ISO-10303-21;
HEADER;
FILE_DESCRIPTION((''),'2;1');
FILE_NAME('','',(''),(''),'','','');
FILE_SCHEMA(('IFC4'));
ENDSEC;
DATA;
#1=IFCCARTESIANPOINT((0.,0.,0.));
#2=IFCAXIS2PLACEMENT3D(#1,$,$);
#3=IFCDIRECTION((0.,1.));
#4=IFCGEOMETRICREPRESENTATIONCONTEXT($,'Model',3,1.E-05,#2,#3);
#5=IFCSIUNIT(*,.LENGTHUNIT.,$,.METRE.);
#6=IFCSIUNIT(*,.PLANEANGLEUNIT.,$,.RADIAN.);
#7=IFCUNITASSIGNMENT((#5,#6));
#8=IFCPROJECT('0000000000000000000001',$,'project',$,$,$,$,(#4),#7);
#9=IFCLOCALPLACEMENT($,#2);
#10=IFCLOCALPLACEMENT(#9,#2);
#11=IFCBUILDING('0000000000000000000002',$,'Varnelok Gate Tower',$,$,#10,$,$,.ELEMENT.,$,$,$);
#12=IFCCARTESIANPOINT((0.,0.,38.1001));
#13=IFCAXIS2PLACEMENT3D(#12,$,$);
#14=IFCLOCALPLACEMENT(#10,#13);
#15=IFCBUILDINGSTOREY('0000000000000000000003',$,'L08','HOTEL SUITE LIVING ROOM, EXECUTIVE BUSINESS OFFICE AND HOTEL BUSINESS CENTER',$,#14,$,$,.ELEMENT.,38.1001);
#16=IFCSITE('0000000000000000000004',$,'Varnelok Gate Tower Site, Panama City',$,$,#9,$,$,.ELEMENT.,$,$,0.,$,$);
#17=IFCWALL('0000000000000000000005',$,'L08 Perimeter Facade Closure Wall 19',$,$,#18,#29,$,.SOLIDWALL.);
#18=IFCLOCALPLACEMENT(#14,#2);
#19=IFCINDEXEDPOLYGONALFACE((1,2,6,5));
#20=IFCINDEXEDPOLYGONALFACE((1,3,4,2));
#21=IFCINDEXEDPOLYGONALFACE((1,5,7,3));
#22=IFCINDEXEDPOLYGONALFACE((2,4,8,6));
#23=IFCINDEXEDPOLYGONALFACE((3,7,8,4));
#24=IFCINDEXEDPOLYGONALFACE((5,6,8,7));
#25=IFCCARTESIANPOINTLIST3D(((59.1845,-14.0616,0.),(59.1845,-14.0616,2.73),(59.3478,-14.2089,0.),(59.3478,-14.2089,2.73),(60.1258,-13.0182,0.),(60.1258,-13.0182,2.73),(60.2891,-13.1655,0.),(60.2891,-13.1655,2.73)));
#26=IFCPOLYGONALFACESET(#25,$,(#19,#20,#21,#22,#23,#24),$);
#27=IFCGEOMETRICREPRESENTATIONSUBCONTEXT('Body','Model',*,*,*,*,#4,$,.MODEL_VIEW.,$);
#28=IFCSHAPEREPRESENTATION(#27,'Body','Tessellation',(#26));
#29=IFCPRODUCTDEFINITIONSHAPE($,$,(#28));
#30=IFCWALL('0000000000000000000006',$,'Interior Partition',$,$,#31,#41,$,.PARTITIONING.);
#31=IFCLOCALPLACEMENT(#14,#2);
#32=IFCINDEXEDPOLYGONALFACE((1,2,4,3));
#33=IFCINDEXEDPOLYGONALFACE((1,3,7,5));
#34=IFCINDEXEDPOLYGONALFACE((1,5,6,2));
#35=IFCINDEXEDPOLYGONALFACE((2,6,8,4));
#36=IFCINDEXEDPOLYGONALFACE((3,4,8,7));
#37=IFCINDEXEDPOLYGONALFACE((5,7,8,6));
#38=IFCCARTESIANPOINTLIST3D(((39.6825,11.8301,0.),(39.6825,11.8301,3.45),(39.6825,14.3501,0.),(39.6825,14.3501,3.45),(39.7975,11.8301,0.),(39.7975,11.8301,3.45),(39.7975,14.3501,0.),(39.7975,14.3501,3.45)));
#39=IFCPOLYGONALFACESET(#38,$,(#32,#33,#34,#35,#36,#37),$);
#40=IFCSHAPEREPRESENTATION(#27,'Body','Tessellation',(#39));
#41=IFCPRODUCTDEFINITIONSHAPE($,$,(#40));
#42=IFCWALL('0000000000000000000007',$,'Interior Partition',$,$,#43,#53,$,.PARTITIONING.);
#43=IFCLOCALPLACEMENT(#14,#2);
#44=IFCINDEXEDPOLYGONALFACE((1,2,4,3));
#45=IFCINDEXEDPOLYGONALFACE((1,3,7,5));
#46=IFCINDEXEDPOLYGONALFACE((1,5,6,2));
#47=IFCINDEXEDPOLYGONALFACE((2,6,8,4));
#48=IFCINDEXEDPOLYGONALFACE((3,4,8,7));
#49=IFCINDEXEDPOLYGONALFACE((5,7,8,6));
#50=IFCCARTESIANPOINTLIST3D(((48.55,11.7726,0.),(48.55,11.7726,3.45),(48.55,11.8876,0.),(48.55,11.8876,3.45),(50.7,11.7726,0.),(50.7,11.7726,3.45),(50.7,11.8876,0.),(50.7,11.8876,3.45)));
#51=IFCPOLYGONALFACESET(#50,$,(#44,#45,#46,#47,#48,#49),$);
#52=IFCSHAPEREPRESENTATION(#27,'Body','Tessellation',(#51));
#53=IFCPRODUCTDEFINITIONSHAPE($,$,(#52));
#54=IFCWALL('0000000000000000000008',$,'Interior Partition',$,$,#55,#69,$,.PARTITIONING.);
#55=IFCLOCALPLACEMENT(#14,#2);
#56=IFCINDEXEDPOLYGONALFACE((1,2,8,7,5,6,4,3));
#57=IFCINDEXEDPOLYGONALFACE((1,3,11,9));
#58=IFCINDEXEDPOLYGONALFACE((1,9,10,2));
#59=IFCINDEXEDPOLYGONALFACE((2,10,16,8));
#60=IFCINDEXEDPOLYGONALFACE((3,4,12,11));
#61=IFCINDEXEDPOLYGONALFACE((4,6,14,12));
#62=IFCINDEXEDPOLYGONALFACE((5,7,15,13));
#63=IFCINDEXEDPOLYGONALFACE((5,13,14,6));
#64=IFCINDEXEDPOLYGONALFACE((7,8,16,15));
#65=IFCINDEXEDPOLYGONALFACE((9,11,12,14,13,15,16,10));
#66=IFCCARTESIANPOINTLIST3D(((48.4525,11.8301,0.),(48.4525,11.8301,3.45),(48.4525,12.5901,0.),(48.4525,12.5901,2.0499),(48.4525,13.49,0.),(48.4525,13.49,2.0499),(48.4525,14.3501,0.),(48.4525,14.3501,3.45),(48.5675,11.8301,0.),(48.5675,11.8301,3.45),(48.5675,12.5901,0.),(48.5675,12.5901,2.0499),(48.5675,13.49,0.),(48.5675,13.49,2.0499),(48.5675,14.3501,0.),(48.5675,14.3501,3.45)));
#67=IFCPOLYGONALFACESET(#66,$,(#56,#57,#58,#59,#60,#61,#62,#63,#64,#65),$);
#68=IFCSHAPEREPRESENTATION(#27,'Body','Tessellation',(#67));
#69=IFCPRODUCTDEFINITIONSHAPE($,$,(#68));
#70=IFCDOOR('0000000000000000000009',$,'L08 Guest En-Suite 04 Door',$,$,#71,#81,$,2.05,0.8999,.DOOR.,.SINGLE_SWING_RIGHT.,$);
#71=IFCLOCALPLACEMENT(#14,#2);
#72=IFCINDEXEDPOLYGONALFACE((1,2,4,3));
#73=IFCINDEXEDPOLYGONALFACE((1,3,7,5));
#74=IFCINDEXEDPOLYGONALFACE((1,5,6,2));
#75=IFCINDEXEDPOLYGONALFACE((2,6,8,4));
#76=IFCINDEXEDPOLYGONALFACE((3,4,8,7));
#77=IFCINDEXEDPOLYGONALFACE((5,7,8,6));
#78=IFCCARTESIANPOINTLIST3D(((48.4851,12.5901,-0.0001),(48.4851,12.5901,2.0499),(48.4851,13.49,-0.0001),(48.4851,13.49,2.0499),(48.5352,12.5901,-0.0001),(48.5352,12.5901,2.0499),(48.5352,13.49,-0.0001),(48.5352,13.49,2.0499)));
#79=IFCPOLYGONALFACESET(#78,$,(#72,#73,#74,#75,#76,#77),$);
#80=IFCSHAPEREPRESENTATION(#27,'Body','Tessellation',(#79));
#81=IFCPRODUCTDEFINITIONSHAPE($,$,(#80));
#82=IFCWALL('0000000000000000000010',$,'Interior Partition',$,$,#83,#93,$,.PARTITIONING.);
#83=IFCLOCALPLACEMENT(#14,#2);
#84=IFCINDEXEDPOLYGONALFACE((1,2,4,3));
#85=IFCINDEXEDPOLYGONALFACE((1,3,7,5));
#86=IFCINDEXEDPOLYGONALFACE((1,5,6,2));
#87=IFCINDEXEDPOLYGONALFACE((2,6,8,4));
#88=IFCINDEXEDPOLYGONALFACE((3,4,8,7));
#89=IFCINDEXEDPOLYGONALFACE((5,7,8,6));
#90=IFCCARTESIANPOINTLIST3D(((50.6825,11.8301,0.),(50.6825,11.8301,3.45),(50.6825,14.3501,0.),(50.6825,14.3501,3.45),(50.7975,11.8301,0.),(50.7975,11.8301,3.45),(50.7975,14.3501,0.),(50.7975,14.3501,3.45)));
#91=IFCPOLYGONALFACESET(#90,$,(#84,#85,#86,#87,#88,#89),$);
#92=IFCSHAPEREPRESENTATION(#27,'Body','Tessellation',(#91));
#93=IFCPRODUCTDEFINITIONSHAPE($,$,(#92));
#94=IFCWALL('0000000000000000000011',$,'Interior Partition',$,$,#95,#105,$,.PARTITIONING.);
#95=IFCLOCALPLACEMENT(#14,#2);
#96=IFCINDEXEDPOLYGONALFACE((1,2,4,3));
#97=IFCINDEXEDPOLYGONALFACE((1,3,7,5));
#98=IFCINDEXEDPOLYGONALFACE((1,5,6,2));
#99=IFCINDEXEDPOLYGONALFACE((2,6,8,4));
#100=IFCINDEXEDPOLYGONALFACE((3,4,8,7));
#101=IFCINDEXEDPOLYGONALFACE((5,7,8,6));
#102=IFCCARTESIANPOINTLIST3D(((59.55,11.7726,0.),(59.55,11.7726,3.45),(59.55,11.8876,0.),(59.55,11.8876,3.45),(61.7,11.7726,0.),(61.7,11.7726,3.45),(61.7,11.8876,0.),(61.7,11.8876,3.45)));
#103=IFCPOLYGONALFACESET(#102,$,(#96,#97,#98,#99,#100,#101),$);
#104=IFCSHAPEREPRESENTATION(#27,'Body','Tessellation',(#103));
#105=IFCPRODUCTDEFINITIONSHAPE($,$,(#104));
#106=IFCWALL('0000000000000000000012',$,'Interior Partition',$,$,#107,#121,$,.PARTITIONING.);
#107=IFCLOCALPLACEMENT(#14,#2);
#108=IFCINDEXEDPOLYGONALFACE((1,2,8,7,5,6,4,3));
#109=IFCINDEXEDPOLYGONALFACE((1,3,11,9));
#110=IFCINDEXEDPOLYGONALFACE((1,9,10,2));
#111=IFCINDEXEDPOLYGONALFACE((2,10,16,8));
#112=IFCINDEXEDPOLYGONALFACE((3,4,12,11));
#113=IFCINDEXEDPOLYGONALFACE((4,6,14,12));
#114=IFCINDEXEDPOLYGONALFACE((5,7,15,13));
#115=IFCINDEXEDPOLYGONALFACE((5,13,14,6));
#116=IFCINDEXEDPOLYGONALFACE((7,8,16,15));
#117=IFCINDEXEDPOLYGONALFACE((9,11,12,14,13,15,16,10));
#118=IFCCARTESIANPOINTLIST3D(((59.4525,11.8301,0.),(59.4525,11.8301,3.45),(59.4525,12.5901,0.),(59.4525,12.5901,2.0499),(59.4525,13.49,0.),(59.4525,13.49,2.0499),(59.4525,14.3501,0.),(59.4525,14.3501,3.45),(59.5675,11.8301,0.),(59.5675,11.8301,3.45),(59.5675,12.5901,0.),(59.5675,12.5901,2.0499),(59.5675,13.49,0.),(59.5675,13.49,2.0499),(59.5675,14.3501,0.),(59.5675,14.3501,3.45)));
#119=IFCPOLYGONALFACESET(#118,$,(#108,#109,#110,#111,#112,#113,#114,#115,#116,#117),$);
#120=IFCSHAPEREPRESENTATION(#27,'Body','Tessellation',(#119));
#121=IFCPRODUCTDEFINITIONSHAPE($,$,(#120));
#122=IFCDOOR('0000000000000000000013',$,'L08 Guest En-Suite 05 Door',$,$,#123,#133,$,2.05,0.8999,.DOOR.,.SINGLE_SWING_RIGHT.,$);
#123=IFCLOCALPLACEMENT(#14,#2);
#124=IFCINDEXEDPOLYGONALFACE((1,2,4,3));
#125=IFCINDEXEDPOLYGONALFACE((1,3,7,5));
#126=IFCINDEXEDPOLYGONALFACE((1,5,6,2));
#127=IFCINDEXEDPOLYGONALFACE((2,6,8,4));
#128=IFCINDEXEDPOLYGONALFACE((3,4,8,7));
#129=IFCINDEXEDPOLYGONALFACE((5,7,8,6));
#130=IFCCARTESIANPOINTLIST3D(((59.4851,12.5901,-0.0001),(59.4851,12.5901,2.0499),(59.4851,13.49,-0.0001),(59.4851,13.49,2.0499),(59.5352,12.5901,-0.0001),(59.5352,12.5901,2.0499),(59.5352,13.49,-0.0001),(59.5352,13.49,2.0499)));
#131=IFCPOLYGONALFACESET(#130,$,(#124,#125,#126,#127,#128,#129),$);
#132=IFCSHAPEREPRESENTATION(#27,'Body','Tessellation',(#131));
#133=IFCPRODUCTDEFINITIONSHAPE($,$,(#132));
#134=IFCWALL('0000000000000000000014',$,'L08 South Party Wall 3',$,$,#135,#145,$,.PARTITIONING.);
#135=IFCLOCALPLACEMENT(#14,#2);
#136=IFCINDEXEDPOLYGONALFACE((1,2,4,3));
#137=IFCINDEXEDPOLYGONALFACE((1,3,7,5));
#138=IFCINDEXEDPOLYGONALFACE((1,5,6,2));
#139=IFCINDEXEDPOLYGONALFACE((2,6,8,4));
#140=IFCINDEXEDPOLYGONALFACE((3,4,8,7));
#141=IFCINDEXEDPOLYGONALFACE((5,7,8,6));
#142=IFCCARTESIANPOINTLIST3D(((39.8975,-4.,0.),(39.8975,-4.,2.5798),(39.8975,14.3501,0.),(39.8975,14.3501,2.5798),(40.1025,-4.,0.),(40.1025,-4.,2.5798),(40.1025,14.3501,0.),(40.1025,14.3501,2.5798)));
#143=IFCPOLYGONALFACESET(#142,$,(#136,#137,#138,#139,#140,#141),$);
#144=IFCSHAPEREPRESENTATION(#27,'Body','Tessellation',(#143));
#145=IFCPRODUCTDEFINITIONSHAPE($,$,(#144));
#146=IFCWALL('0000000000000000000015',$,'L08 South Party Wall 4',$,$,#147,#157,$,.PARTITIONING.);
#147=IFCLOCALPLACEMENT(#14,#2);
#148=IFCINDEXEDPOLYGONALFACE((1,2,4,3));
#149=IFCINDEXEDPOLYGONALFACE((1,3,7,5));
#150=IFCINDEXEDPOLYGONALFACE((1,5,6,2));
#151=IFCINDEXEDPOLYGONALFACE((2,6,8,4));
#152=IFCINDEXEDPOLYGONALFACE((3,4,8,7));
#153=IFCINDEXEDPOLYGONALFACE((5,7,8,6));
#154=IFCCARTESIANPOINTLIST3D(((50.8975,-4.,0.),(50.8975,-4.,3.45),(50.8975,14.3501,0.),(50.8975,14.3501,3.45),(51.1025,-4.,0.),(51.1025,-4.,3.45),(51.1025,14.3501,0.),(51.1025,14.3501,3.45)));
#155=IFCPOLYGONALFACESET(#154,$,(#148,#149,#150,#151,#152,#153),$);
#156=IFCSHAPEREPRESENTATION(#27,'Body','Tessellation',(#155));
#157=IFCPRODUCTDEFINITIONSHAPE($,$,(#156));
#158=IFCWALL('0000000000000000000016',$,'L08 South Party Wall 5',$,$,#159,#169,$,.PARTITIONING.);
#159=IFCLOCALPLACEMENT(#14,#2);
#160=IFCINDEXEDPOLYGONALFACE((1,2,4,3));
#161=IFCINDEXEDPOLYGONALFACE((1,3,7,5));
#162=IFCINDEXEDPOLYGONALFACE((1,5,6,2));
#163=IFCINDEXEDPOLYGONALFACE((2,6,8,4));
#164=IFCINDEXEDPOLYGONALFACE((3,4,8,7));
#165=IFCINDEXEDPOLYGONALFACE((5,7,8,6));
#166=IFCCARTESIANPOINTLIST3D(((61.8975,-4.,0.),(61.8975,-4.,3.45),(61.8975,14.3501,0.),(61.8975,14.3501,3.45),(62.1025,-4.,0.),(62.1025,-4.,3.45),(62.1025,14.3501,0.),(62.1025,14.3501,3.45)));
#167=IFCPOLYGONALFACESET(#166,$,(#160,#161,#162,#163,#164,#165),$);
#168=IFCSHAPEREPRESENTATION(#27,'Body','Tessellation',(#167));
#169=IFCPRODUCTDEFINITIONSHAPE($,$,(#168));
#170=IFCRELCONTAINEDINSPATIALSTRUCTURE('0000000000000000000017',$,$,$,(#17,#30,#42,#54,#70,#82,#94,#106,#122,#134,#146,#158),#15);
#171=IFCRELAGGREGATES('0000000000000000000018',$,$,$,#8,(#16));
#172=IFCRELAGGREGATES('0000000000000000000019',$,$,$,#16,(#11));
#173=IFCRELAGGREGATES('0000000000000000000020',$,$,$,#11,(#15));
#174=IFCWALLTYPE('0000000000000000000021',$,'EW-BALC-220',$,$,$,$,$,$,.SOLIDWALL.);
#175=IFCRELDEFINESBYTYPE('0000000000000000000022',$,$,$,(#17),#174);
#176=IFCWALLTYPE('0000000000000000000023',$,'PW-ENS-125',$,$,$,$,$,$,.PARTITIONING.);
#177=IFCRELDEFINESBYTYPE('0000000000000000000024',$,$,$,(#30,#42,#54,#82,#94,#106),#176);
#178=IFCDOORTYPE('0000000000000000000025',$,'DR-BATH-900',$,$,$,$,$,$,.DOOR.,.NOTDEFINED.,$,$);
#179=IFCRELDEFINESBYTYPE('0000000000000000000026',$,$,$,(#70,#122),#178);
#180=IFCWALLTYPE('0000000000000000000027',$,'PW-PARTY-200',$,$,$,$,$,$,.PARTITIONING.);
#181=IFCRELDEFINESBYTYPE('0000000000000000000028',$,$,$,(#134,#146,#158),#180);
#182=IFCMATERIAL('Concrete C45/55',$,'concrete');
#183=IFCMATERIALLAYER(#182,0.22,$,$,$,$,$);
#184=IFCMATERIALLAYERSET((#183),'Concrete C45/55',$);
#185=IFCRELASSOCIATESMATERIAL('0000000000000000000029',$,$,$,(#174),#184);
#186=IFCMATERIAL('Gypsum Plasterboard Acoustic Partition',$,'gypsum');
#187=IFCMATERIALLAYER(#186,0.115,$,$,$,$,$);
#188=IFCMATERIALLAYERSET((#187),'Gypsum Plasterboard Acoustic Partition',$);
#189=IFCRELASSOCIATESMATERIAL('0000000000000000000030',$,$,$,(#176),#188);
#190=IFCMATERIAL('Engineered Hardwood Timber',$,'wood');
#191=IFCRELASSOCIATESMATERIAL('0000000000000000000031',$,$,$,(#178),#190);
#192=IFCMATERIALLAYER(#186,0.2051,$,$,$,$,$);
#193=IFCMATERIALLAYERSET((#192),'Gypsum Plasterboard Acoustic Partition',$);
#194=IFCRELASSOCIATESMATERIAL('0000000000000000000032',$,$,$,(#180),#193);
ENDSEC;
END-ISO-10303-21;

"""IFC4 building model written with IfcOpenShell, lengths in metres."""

from ifc_helpers import new_model, si_unit, direction, frame, frame_2d, origin, place, context, subcontext, project, spatial, rectangle, extrude, material, layer, layer_set, type_object, element, fill, save


model = new_model("IFC4")

# Units and contexts
model_context = context("Model", 3, precision=1e-05, world=origin(), true_north=direction((0.0, 1.0)))
body_context = subcontext(model_context, "Body", "Model", "MODEL_VIEW")
ifc_project = project(units=[si_unit("LENGTHUNIT", "METRE"), si_unit("PLANEANGLEUNIT", "RADIAN")], contexts=[model_context])

# Site, building, storey
site_placement = place(None, origin())
site = spatial("IfcSite", under=ifc_project, at=site_placement, Name="Varnelok Gate Tower Site, Panama City", CompositionType="ELEMENT", RefElevation=0.0)
building_placement = place(site_placement, origin())
building = spatial("IfcBuilding", under=site, at=building_placement, Name="Varnelok Gate Tower", CompositionType="ELEMENT")
storey_placement = place(building_placement, frame((0.0, 0.0, 38.1001)))
storey = spatial("IfcBuildingStorey", under=building, at=storey_placement, Name="L08", Description="HOTEL SUITE LIVING ROOM, EXECUTIVE BUSINESS OFFICE AND HOTEL BUSINESS CENTER", CompositionType="ELEMENT", Elevation=38.1001)

# Walls
ifc_material_1 = material(Name="Concrete C45/55", Category="concrete")
ifc_layer_1 = layer(ifc_material_1, 0.22)
ifc_layer_set_1 = layer_set([ifc_layer_1], Name="Concrete C45/55")
wall_type_1 = type_object("IfcWallType", Name="EW-BALC-220", PredefinedType="SOLIDWALL", material=ifc_layer_set_1)
for number, where, z_axis, x_axis, name in (
    (1, (59.2661, -14.1353, 0.0), (0.0, 0.0, 1.0), (0.669866, 0.742482, 0.0), "L08 Perimeter Facade Closure Wall 19"),
):
    element("IfcWall", number, at=place(storey_placement, frame(where, z_axis=z_axis, x_axis=x_axis)), inside=storey, type_object=wall_type_1, Name=name, PredefinedType="SOLIDWALL", context=body_context, shape_type="SweptSolid", body=[
        extrude(rectangle(XDim=1.4053, YDim=0.22, at=frame_2d((0.7026, 0.0))), origin(), (0.0, 0.0, 1.0), 2.73),
    ])
ifc_material_2 = material(Name="Gypsum Plasterboard Acoustic Partition", Category="gypsum")
ifc_layer_2 = layer(ifc_material_2, 0.115)
ifc_layer_set_2 = layer_set([ifc_layer_2], Name="Gypsum Plasterboard Acoustic Partition")
wall_type_2 = type_object("IfcWallType", Name="PW-ENS-125", PredefinedType="PARTITIONING", material=ifc_layer_set_2)
wall_1_placement = place(storey_placement, frame((39.74, 11.8301, 0.0), z_axis=(0.0, 0.0, 1.0), x_axis=(0.0, 1.0, 0.0)))
element("IfcWall", 2, at=wall_1_placement, inside=storey, type_object=wall_type_2, Name="Interior Partition", PredefinedType="PARTITIONING", context=body_context, shape_type="SweptSolid", body=[
    extrude(rectangle(XDim=2.52, YDim=0.115, at=frame_2d((1.26, 0.0))), origin(), (0.0, 0.0, 1.0), 3.45),
])
wall_2_placement = place(storey_placement, frame((48.55, 11.8301, 0.0), z_axis=(0.0, 0.0, 1.0), x_axis=(1.0, 0.0, 0.0)))
element("IfcWall", 3, at=wall_2_placement, inside=storey, type_object=wall_type_2, Name="Interior Partition", PredefinedType="PARTITIONING", context=body_context, shape_type="SweptSolid", body=[
    extrude(rectangle(XDim=2.1499, YDim=0.115, at=frame_2d((1.075, 0.0))), origin(), (0.0, 0.0, 1.0), 3.45),
])

# Wall, opening, door
wall_3_placement = place(storey_placement, frame((48.51, 11.8301, 0.0), z_axis=(0.0, 0.0, 1.0), x_axis=(0.0, 1.0, 0.0)))
wall_3 = element("IfcWall", 4, at=wall_3_placement, inside=storey, type_object=wall_type_2, Name="Interior Partition", PredefinedType="PARTITIONING", context=body_context, shape_type="SweptSolid", body=[
    extrude(rectangle(XDim=2.52, YDim=0.115, at=frame_2d((1.26, 0.0))), origin(), (0.0, 0.0, 1.0), 3.45),
])
opening_1_placement = place(wall_3_placement, frame((0.76, 0.0, 0.0)))
opening_1 = element("IfcOpeningElement", 5, at=opening_1_placement, cuts=wall_3, PredefinedType="OPENING", context=body_context, shape_type="SweptSolid", body=[
    extrude(rectangle(XDim=0.8999, YDim=2.05, at=frame_2d((0.45, 1.0249))), frame((0.0, 0.0674, 0.0), z_axis=(0.0, -1.0, 0.0), x_axis=(1.0, 0.0, 0.0)), (0.0, 0.0, 1.0), 0.135),
])
ifc_material_3 = material(Name="Engineered Hardwood Timber", Category="wood")
door_type = type_object("IfcDoorType", Name="DR-BATH-900", OperationType="NOTDEFINED", PredefinedType="DOOR", material=ifc_material_3)
door_1_placement = place(opening_1_placement, origin())
door_1 = element("IfcDoor", 6, at=door_1_placement, inside=storey, type_object=door_type, Name="L08 Guest En-Suite 04 Door", OperationType="SINGLE_SWING_RIGHT", OverallHeight=2.05, OverallWidth=0.8999, PredefinedType="DOOR", context=body_context, shape_type="SweptSolid", body=[
    extrude(rectangle(XDim=0.8999, YDim=2.05, at=frame_2d((0.45, 1.0249))), frame((0.0, 0.0249, 0.0), z_axis=(0.0, -1.0, 0.0), x_axis=(1.0, 0.0, 0.0)), (0.0, 0.0, 1.0), 0.05),
])
fill(opening_1, door_1)

# Walls
wall_4_placement = place(storey_placement, frame((50.74, 11.8301, 0.0), z_axis=(0.0, 0.0, 1.0), x_axis=(0.0, 1.0, 0.0)))
element("IfcWall", 7, at=wall_4_placement, inside=storey, type_object=wall_type_2, Name="Interior Partition", PredefinedType="PARTITIONING", context=body_context, shape_type="SweptSolid", body=[
    extrude(rectangle(XDim=2.52, YDim=0.115, at=frame_2d((1.26, 0.0))), origin(), (0.0, 0.0, 1.0), 3.45),
])
wall_5_placement = place(storey_placement, frame((59.55, 11.8301, 0.0), z_axis=(0.0, 0.0, 1.0), x_axis=(1.0, 0.0, 0.0)))
element("IfcWall", 8, at=wall_5_placement, inside=storey, type_object=wall_type_2, Name="Interior Partition", PredefinedType="PARTITIONING", context=body_context, shape_type="SweptSolid", body=[
    extrude(rectangle(XDim=2.1499, YDim=0.115, at=frame_2d((1.075, 0.0))), origin(), (0.0, 0.0, 1.0), 3.45),
])

# Wall, opening, door
wall_6_placement = place(storey_placement, frame((59.51, 11.8301, 0.0), z_axis=(0.0, 0.0, 1.0), x_axis=(0.0, 1.0, 0.0)))
wall_6 = element("IfcWall", 9, at=wall_6_placement, inside=storey, type_object=wall_type_2, Name="Interior Partition", PredefinedType="PARTITIONING", context=body_context, shape_type="SweptSolid", body=[
    extrude(rectangle(XDim=2.52, YDim=0.115, at=frame_2d((1.26, 0.0))), origin(), (0.0, 0.0, 1.0), 3.45),
])
opening_2_placement = place(wall_6_placement, frame((0.76, 0.0, 0.0)))
opening_2 = element("IfcOpeningElement", 10, at=opening_2_placement, cuts=wall_6, PredefinedType="OPENING", context=body_context, shape_type="SweptSolid", body=[
    extrude(rectangle(XDim=0.8999, YDim=2.05, at=frame_2d((0.45, 1.0249))), frame((0.0, 0.0674, 0.0), z_axis=(0.0, -1.0, 0.0), x_axis=(1.0, 0.0, 0.0)), (0.0, 0.0, 1.0), 0.135),
])
door_2_placement = place(opening_2_placement, origin())
door_2 = element("IfcDoor", 11, at=door_2_placement, inside=storey, type_object=door_type, Name="L08 Guest En-Suite 05 Door", OperationType="SINGLE_SWING_RIGHT", OverallHeight=2.05, OverallWidth=0.8999, PredefinedType="DOOR", context=body_context, shape_type="SweptSolid", body=[
    extrude(rectangle(XDim=0.8999, YDim=2.05, at=frame_2d((0.45, 1.0249))), frame((0.0, 0.0249, 0.0), z_axis=(0.0, -1.0, 0.0), x_axis=(1.0, 0.0, 0.0)), (0.0, 0.0, 1.0), 0.05),
])
fill(opening_2, door_2)

# Walls
ifc_layer_3 = layer(ifc_material_2, 0.2051)
ifc_layer_set_3 = layer_set([ifc_layer_3], Name="Gypsum Plasterboard Acoustic Partition")
wall_type_3 = type_object("IfcWallType", Name="PW-PARTY-200", PredefinedType="PARTITIONING", material=ifc_layer_set_3)
wall_7_placement = place(storey_placement, frame((40.0, -4.0, 0.0), z_axis=(0.0, 0.0, 1.0), x_axis=(0.0, 1.0, 0.0)))
element("IfcWall", 12, at=wall_7_placement, inside=storey, type_object=wall_type_3, Name="L08 South Party Wall 3", PredefinedType="PARTITIONING", context=body_context, shape_type="SweptSolid", body=[
    extrude(rectangle(XDim=18.3501, YDim=0.2051, at=frame_2d((9.175, 0.0))), origin(), (0.0, 0.0, 1.0), 2.5798),
])
for number, where, z_axis, x_axis, name in (
    (13, (51.0, -4.0, 0.0), (0.0, 0.0, 1.0), (0.0, 1.0, 0.0), "L08 South Party Wall 4"),
    (14, (62.0, -4.0, 0.0), (0.0, 0.0, 1.0), (0.0, 1.0, 0.0), "L08 South Party Wall 5"),
):
    element("IfcWall", number, at=place(storey_placement, frame(where, z_axis=z_axis, x_axis=x_axis)), inside=storey, type_object=wall_type_3, Name=name, PredefinedType="PARTITIONING", context=body_context, shape_type="SweptSolid", body=[
        extrude(rectangle(XDim=18.3501, YDim=0.2051, at=frame_2d((9.175, 0.0))), origin(), (0.0, 0.0, 1.0), 3.45),
    ])

save(model, "model.ifc")
